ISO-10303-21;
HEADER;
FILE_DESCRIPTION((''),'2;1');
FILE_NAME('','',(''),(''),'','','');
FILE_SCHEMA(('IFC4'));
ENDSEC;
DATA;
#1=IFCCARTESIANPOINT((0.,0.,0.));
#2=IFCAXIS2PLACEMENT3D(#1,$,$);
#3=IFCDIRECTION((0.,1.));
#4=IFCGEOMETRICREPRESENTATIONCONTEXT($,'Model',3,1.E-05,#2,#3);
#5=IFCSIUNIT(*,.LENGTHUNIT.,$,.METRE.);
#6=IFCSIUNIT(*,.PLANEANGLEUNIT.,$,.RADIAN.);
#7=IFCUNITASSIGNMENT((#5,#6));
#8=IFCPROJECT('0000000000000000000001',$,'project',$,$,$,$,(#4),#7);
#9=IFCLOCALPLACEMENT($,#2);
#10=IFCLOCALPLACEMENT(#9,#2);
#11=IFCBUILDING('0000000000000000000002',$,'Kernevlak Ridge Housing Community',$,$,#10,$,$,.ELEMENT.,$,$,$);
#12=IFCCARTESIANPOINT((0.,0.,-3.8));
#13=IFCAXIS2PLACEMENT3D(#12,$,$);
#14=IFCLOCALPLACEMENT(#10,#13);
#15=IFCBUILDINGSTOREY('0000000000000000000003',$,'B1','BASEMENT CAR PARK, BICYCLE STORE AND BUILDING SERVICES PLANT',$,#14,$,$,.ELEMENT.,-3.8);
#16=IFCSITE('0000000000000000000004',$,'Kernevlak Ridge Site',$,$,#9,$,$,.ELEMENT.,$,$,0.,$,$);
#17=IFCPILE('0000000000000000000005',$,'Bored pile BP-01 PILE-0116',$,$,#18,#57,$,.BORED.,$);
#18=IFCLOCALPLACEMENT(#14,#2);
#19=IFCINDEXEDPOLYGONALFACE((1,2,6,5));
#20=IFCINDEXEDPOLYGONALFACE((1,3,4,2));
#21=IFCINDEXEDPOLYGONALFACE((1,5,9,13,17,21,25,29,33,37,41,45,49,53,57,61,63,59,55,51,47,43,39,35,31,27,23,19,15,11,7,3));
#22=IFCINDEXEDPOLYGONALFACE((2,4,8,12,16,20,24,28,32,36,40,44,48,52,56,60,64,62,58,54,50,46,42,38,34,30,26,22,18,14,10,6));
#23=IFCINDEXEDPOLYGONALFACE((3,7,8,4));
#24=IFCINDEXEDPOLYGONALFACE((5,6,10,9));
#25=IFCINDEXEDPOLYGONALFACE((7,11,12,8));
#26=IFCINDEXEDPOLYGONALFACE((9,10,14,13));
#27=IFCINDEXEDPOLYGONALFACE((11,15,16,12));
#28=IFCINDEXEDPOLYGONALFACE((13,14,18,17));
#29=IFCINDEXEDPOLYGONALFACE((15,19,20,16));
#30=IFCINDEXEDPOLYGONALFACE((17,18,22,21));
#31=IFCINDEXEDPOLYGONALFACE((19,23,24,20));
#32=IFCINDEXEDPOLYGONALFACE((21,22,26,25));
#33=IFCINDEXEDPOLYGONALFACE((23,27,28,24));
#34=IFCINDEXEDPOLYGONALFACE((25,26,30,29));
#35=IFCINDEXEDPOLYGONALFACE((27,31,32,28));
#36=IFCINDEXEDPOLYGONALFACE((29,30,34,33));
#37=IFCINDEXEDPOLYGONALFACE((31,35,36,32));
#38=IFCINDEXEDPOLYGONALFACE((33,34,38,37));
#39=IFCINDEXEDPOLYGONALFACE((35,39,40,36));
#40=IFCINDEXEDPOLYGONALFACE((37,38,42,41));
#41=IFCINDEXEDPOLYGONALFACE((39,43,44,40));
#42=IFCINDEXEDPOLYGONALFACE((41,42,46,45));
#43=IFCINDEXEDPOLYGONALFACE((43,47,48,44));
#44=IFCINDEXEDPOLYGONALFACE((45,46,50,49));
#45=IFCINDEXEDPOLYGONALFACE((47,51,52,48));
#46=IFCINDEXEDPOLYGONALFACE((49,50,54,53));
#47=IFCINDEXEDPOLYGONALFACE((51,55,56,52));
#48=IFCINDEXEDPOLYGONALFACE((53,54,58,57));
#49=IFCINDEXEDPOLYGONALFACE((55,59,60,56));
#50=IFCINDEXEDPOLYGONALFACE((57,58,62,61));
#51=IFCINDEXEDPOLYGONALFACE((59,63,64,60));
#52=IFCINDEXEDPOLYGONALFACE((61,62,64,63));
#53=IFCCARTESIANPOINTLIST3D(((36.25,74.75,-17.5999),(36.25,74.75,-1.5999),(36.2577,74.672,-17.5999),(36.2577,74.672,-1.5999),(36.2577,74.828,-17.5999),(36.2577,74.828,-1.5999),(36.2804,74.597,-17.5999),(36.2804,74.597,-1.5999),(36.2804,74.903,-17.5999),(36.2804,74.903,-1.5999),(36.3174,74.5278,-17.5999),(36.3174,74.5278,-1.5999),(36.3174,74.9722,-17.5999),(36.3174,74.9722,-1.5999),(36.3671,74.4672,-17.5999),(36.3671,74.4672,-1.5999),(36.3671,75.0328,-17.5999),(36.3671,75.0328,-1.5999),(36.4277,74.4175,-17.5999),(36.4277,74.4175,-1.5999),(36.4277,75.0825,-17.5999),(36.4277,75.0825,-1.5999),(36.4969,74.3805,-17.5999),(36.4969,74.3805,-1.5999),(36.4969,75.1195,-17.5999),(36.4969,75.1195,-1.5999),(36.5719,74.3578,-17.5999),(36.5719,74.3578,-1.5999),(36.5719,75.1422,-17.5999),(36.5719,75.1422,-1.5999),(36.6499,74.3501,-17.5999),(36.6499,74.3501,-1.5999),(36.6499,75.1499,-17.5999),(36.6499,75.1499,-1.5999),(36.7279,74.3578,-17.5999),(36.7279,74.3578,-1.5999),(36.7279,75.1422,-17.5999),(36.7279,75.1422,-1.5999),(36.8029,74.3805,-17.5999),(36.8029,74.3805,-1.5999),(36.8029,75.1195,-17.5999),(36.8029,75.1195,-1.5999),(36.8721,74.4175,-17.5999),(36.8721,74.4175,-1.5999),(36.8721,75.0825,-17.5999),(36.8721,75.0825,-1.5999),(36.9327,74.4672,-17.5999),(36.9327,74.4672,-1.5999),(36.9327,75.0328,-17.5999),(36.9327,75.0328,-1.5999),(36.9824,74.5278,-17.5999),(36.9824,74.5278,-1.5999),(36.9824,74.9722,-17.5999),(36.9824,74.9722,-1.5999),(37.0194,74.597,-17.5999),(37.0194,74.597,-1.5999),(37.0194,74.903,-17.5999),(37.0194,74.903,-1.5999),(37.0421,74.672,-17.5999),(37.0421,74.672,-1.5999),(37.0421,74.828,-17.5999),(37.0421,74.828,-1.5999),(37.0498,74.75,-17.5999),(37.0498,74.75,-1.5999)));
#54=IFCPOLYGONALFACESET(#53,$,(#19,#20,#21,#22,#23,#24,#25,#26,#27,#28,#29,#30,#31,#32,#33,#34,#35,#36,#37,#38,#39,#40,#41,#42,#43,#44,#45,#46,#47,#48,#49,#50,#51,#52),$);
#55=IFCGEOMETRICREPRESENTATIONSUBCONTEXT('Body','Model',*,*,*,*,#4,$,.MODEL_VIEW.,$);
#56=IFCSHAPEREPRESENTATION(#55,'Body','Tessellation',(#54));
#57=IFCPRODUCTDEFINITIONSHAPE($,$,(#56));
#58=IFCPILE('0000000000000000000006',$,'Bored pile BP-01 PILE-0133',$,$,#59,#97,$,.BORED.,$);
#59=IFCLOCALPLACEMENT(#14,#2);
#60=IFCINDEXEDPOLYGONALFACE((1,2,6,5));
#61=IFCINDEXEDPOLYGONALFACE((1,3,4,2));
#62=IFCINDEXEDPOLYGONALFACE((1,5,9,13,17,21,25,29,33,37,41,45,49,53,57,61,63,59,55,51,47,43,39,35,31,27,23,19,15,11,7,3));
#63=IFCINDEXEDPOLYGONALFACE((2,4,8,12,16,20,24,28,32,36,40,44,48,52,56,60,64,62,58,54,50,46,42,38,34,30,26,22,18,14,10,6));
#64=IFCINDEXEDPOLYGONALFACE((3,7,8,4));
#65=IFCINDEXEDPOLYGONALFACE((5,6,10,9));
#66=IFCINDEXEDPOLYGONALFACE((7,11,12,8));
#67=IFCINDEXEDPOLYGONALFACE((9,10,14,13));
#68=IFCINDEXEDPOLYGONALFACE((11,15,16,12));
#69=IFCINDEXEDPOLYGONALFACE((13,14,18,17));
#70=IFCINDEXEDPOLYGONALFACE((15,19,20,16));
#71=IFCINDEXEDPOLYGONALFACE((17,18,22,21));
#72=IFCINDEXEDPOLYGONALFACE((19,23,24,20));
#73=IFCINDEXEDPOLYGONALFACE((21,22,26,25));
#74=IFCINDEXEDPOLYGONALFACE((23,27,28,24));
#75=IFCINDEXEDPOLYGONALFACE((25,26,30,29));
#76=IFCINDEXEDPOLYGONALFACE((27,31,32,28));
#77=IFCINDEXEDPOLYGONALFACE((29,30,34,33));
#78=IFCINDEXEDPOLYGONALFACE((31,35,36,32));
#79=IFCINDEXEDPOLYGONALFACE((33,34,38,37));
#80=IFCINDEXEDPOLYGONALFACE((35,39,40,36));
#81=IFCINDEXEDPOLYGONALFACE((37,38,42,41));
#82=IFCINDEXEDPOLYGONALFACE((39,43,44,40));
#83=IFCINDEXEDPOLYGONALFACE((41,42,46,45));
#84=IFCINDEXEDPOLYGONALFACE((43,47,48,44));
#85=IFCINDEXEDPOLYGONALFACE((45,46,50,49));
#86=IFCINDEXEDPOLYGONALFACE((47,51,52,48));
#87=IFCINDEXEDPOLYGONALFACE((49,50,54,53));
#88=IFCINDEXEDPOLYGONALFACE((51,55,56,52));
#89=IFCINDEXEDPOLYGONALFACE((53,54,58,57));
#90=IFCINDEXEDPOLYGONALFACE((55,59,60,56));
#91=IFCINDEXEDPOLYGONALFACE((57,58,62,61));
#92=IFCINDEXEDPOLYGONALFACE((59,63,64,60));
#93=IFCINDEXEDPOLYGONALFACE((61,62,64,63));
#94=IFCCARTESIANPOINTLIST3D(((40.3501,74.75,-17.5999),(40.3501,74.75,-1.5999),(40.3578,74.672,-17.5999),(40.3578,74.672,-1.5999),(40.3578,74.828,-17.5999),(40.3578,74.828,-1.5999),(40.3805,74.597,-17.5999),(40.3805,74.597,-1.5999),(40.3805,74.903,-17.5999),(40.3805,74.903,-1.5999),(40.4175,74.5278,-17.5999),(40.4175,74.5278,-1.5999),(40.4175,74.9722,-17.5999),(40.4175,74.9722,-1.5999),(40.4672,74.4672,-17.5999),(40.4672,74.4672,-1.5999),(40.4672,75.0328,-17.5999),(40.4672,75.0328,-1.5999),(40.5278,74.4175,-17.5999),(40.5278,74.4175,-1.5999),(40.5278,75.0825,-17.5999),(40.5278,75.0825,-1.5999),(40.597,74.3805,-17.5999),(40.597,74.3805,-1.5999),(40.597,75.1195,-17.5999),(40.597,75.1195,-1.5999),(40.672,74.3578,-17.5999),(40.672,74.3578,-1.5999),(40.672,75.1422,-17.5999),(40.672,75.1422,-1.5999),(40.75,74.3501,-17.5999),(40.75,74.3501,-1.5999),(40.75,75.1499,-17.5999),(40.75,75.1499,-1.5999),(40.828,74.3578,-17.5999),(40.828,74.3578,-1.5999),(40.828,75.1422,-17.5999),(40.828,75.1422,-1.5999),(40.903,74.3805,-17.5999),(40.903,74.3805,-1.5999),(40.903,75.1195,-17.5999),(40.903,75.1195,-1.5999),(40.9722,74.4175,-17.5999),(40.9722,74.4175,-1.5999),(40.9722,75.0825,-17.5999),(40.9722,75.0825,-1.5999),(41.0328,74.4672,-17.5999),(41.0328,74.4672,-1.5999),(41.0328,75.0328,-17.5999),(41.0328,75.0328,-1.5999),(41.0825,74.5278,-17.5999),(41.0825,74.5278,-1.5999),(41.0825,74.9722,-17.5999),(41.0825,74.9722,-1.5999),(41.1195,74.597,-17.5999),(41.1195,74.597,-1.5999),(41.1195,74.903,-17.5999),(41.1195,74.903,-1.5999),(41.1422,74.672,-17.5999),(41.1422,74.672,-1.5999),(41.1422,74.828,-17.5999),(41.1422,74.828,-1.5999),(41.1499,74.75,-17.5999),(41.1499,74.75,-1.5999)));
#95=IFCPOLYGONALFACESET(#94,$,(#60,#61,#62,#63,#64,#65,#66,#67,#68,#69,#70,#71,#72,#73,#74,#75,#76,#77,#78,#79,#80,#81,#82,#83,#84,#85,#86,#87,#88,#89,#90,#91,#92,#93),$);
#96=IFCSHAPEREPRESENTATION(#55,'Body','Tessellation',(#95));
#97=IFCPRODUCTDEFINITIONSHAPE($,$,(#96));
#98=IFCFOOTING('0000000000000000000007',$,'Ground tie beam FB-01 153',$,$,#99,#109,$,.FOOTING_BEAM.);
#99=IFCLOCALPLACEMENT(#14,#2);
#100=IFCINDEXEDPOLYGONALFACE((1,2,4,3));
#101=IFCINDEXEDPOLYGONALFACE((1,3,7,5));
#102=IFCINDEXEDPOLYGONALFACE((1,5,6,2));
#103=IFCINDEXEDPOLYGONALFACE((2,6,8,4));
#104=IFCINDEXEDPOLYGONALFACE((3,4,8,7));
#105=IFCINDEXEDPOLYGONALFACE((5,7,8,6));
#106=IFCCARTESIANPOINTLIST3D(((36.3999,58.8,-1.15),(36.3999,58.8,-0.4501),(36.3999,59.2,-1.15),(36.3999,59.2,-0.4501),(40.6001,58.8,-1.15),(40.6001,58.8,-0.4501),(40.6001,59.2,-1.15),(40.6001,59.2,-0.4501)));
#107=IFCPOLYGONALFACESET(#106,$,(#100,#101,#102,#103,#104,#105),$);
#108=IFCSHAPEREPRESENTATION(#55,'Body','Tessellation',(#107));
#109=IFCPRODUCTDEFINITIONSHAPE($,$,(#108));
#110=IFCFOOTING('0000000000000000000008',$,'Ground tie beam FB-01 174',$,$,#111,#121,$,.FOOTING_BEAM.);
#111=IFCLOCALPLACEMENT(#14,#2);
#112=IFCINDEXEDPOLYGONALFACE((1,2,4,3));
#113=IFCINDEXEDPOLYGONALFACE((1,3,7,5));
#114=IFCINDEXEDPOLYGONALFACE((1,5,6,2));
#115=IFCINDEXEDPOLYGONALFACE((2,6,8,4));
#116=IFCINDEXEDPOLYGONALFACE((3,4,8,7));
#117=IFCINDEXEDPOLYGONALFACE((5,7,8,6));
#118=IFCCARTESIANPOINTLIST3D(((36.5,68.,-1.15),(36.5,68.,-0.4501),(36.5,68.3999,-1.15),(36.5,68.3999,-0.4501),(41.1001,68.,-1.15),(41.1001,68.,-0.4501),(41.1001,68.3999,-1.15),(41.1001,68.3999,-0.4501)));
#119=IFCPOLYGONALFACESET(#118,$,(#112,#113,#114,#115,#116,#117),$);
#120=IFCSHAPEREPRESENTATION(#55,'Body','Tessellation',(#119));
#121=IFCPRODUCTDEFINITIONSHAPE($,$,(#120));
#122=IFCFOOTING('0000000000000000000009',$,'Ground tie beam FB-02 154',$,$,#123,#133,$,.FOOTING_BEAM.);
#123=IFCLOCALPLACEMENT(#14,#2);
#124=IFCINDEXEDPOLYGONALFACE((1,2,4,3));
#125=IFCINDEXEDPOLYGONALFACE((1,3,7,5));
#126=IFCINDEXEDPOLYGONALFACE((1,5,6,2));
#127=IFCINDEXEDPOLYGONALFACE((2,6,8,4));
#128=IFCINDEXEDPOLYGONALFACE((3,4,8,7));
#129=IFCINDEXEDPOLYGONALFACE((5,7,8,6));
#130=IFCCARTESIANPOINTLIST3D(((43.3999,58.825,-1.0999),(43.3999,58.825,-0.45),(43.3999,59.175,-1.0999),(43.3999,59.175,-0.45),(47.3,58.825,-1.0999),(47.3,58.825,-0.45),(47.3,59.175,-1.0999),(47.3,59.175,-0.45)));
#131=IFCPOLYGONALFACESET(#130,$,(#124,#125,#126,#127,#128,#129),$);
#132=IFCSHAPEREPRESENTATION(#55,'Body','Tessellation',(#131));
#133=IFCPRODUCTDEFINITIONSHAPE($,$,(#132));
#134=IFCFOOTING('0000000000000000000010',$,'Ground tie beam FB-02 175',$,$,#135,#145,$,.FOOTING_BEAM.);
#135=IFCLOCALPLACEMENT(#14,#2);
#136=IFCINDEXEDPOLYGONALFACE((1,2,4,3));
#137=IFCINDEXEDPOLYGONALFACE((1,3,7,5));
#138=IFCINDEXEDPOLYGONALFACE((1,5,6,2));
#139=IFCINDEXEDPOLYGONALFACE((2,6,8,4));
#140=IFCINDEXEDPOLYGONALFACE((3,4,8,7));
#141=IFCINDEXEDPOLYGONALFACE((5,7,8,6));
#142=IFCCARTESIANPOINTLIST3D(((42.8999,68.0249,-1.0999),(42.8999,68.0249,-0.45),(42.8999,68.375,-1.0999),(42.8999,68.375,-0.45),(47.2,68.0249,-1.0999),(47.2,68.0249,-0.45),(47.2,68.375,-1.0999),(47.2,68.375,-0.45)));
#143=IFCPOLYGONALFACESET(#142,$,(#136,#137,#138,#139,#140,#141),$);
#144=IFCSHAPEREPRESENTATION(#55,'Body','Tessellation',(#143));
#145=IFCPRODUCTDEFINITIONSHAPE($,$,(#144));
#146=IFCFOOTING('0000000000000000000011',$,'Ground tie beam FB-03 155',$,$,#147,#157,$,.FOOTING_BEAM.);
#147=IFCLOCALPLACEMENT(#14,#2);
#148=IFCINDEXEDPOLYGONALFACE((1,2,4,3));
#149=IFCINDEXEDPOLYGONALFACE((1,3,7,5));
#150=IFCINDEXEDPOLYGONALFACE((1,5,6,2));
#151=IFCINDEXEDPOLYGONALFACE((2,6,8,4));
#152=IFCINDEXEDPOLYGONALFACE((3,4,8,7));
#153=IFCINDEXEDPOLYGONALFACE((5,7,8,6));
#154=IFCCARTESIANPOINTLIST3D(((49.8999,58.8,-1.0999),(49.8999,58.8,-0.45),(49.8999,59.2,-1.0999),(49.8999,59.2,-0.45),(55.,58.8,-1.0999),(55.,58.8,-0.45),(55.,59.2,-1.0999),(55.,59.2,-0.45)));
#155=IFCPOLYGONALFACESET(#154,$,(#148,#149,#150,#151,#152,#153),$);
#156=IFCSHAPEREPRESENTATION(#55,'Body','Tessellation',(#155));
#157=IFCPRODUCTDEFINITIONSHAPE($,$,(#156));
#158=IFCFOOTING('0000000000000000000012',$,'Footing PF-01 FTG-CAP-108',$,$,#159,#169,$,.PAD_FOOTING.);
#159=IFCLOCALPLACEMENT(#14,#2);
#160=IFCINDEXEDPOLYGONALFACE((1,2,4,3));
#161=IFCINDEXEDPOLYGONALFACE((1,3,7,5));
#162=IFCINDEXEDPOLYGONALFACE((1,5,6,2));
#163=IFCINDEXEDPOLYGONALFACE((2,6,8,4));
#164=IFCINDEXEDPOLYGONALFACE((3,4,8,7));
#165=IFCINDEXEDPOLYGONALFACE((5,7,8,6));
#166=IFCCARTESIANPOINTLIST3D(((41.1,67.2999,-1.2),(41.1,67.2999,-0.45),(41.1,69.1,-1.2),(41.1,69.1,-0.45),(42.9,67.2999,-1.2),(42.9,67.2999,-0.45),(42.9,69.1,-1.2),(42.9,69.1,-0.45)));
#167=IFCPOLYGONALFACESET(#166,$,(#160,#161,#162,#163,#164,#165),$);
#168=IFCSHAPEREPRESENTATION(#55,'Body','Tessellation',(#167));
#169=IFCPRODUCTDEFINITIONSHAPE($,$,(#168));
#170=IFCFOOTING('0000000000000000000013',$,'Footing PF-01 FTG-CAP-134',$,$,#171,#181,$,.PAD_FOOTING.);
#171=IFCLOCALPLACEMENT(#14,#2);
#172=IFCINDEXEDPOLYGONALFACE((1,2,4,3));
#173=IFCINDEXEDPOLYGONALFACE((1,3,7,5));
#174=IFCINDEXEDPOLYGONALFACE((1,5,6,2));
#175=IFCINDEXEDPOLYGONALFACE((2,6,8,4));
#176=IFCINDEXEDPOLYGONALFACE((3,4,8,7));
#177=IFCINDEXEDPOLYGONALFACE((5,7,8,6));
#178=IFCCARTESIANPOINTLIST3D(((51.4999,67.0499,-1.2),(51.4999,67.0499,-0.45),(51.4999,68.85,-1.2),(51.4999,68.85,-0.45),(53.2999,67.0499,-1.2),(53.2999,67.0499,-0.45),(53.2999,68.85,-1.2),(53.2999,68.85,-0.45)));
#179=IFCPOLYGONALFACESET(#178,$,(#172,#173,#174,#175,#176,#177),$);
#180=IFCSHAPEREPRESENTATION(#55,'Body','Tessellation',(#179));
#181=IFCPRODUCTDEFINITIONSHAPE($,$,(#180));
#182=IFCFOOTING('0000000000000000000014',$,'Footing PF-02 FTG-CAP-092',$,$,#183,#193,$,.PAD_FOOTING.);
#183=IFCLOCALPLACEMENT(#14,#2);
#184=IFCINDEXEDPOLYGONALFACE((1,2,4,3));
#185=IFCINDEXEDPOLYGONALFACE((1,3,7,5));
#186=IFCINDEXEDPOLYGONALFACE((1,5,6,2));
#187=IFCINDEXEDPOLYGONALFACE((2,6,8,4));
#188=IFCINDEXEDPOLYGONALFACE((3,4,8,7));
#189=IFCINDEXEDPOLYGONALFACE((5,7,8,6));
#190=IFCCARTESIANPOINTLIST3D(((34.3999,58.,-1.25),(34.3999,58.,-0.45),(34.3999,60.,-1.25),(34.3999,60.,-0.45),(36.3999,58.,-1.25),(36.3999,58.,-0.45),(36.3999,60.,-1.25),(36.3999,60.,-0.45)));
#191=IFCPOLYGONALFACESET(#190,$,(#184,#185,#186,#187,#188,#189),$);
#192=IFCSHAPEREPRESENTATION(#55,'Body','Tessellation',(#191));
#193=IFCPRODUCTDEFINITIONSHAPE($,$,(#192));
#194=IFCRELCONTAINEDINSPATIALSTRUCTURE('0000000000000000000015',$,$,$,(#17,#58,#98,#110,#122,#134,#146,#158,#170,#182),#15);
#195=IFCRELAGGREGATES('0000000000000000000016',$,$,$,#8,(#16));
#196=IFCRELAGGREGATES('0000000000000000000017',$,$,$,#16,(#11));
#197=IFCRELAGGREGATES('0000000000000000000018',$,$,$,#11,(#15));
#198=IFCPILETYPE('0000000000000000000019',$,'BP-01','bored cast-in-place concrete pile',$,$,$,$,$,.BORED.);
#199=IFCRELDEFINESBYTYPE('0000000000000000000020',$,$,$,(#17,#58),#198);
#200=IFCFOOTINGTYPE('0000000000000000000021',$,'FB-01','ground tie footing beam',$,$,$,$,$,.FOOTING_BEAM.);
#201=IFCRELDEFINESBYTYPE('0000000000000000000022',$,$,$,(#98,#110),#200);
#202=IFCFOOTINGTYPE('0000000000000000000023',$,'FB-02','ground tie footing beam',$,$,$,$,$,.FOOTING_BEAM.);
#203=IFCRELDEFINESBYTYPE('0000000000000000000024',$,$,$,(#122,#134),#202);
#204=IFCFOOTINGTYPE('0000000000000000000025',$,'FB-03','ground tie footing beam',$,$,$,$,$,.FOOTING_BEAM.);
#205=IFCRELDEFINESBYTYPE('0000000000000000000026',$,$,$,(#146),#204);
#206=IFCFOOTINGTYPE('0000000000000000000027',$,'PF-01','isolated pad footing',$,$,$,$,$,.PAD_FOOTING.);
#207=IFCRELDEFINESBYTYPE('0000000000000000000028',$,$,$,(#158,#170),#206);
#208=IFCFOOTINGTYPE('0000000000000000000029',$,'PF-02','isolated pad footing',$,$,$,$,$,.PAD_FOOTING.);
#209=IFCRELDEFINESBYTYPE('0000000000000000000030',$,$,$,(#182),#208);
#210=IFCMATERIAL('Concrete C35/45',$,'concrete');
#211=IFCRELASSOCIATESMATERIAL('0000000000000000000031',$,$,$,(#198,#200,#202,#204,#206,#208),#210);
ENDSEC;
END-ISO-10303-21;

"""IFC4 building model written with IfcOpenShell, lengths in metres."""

from ifc_helpers import new_model, si_unit, direction, frame, origin, origin_2d, place, context, subcontext, project, spatial, rectangle, circle, extrude, material, material_profile, profile_set, type_object, element, save


model = new_model("IFC4")

# Units and contexts
model_context = context("Model", 3, precision=1e-05, world=origin(), true_north=direction((0.0, 1.0)))
body_context = subcontext(model_context, "Body", "Model", "MODEL_VIEW")
ifc_project = project(units=[si_unit("LENGTHUNIT", "METRE"), si_unit("PLANEANGLEUNIT", "RADIAN")], contexts=[model_context])

# Site, building, storey
site_placement = place(None, origin())
site = spatial("IfcSite", under=ifc_project, at=site_placement, Name="Kernevlak Ridge Site", CompositionType="ELEMENT", RefElevation=0.0)
building_placement = place(site_placement, origin())
building = spatial("IfcBuilding", under=site, at=building_placement, Name="Kernevlak Ridge Housing Community", CompositionType="ELEMENT")
storey_placement = place(building_placement, frame((0.0, 0.0, -3.8)))
storey = spatial("IfcBuildingStorey", under=building, at=storey_placement, Name="B1", Description="BASEMENT CAR PARK, BICYCLE STORE AND BUILDING SERVICES PLANT", CompositionType="ELEMENT", Elevation=-3.8)

# Piles
ifc_material_1 = material(Name="Concrete C35/45", Category="concrete")
ifc_material_profile_1 = material_profile(ifc_material_1, circle(Radius=0.3999, at=origin_2d()), Name="BORED PILE 800")
ifc_profile_set_1 = profile_set([ifc_material_profile_1], Name="Concrete C35/45")
pile_type = type_object("IfcPileType", Name="BP-01", Description="bored cast-in-place concrete pile", PredefinedType="BORED", material=ifc_profile_set_1)
for number, where, z_axis, x_axis, name in (
    (1, (36.6499, 74.75, -1.5999), (0.0, 0.0, -1.0), (1.0, 0.0, 0.0), "Bored pile BP-01 PILE-0116"),
    (2, (40.75, 74.75, -1.5999), (0.0, 0.0, -1.0), (1.0, 0.0, 0.0), "Bored pile BP-01 PILE-0133"),
):
    element("IfcPile", number, at=place(storey_placement, frame(where, z_axis=z_axis, x_axis=x_axis)), inside=storey, type_object=pile_type, Name=name, PredefinedType="BORED", context=body_context, shape_type="SweptSolid", body=[
        extrude(circle(Radius=0.3999, at=origin_2d()), origin(), (0.0, 0.0, 1.0), 16.0),
    ])

# Footings
ifc_material_profile_2 = material_profile(ifc_material_1, rectangle(XDim=0.3999, YDim=0.7, at=origin_2d()), Name="RC 400x700")
ifc_profile_set_2 = profile_set([ifc_material_profile_2], Name="Concrete C35/45")
footing_type_1 = type_object("IfcFootingType", Name="FB-01", Description="ground tie footing beam", PredefinedType="FOOTING_BEAM", material=ifc_profile_set_2)
footing_1_placement = place(storey_placement, frame((36.3999, 59.0, -0.8), z_axis=(1.0, 0.0, 0.0), x_axis=(0.0, 1.0, 0.0)))
element("IfcFooting", 3, at=footing_1_placement, inside=storey, type_object=footing_type_1, Name="Ground tie beam FB-01 153", PredefinedType="FOOTING_BEAM", context=body_context, shape_type="SweptSolid", body=[
    extrude(rectangle(XDim=0.3999, YDim=0.7, at=origin_2d()), origin(), (0.0, 0.0, 1.0), 4.2002),
])
footing_2_placement = place(storey_placement, frame((36.5, 68.2, -0.8), z_axis=(1.0, 0.0, 0.0), x_axis=(0.0, 1.0, 0.0)))
element("IfcFooting", 4, at=footing_2_placement, inside=storey, type_object=footing_type_1, Name="Ground tie beam FB-01 174", PredefinedType="FOOTING_BEAM", context=body_context, shape_type="SweptSolid", body=[
    extrude(rectangle(XDim=0.3999, YDim=0.7, at=origin_2d()), origin(), (0.0, 0.0, 1.0), 4.6001),
])
ifc_material_profile_3 = material_profile(ifc_material_1, rectangle(XDim=0.3501, YDim=0.6499, at=origin_2d()), Name="RC 350x650")
ifc_profile_set_3 = profile_set([ifc_material_profile_3], Name="Concrete C35/45")
footing_type_2 = type_object("IfcFootingType", Name="FB-02", Description="ground tie footing beam", PredefinedType="FOOTING_BEAM", material=ifc_profile_set_3)
footing_3_placement = place(storey_placement, frame((43.3999, 59.0, -0.7749), z_axis=(1.0, 0.0, 0.0), x_axis=(0.0, 1.0, 0.0)))
element("IfcFooting", 5, at=footing_3_placement, inside=storey, type_object=footing_type_2, Name="Ground tie beam FB-02 154", PredefinedType="FOOTING_BEAM", context=body_context, shape_type="SweptSolid", body=[
    extrude(rectangle(XDim=0.3501, YDim=0.6499, at=origin_2d()), origin(), (0.0, 0.0, 1.0), 3.9001),
])
footing_4_placement = place(storey_placement, frame((42.8999, 68.2, -0.7749), z_axis=(1.0, 0.0, 0.0), x_axis=(0.0, 1.0, 0.0)))
element("IfcFooting", 6, at=footing_4_placement, inside=storey, type_object=footing_type_2, Name="Ground tie beam FB-02 175", PredefinedType="FOOTING_BEAM", context=body_context, shape_type="SweptSolid", body=[
    extrude(rectangle(XDim=0.3501, YDim=0.6499, at=origin_2d()), origin(), (0.0, 0.0, 1.0), 4.3),
])
ifc_material_profile_4 = material_profile(ifc_material_1, rectangle(XDim=0.3999, YDim=0.6499, at=origin_2d()), Name="RC 400x650")
ifc_profile_set_4 = profile_set([ifc_material_profile_4], Name="Concrete C35/45")
footing_type_3 = type_object("IfcFootingType", Name="FB-03", Description="ground tie footing beam", PredefinedType="FOOTING_BEAM", material=ifc_profile_set_4)
footing_5_placement = place(storey_placement, frame((49.8999, 59.0, -0.7749), z_axis=(1.0, 0.0, 0.0), x_axis=(0.0, 1.0, 0.0)))
element("IfcFooting", 7, at=footing_5_placement, inside=storey, type_object=footing_type_3, Name="Ground tie beam FB-03 155", PredefinedType="FOOTING_BEAM", context=body_context, shape_type="SweptSolid", body=[
    extrude(rectangle(XDim=0.3999, YDim=0.6499, at=origin_2d()), origin(), (0.0, 0.0, 1.0), 5.1001),
])
footing_type_4 = type_object("IfcFootingType", Name="PF-01", Description="isolated pad footing", PredefinedType="PAD_FOOTING", material=ifc_material_1)
for number, where, z_axis, x_axis, name in (
    (8, (42.0, 68.2, -1.2), (0.0, 0.0, 1.0), (1.0, 0.0, 0.0), "Footing PF-01 FTG-CAP-108"),
    (9, (52.3999, 67.95, -1.2), (0.0, 0.0, 1.0), (1.0, 0.0, 0.0), "Footing PF-01 FTG-CAP-134"),
):
    element("IfcFooting", number, at=place(storey_placement, frame(where, z_axis=z_axis, x_axis=x_axis)), inside=storey, type_object=footing_type_4, Name=name, PredefinedType="PAD_FOOTING", context=body_context, shape_type="SweptSolid", body=[
        extrude(rectangle(XDim=1.8, YDim=1.8, at=origin_2d()), origin(), (0.0, 0.0, 1.0), 0.75),
    ])
footing_type_5 = type_object("IfcFootingType", Name="PF-02", Description="isolated pad footing", PredefinedType="PAD_FOOTING", material=ifc_material_1)
footing_6_placement = place(storey_placement, frame((35.3999, 59.0, -1.25), z_axis=(0.0, 0.0, 1.0), x_axis=(1.0, 0.0, 0.0)))
element("IfcFooting", 10, at=footing_6_placement, inside=storey, type_object=footing_type_5, Name="Footing PF-02 FTG-CAP-092", PredefinedType="PAD_FOOTING", context=body_context, shape_type="SweptSolid", body=[
    extrude(rectangle(XDim=2.0, YDim=2.0, at=origin_2d()), origin(), (0.0, 0.0, 1.0), 0.8),
])

save(model, "model.ifc")
